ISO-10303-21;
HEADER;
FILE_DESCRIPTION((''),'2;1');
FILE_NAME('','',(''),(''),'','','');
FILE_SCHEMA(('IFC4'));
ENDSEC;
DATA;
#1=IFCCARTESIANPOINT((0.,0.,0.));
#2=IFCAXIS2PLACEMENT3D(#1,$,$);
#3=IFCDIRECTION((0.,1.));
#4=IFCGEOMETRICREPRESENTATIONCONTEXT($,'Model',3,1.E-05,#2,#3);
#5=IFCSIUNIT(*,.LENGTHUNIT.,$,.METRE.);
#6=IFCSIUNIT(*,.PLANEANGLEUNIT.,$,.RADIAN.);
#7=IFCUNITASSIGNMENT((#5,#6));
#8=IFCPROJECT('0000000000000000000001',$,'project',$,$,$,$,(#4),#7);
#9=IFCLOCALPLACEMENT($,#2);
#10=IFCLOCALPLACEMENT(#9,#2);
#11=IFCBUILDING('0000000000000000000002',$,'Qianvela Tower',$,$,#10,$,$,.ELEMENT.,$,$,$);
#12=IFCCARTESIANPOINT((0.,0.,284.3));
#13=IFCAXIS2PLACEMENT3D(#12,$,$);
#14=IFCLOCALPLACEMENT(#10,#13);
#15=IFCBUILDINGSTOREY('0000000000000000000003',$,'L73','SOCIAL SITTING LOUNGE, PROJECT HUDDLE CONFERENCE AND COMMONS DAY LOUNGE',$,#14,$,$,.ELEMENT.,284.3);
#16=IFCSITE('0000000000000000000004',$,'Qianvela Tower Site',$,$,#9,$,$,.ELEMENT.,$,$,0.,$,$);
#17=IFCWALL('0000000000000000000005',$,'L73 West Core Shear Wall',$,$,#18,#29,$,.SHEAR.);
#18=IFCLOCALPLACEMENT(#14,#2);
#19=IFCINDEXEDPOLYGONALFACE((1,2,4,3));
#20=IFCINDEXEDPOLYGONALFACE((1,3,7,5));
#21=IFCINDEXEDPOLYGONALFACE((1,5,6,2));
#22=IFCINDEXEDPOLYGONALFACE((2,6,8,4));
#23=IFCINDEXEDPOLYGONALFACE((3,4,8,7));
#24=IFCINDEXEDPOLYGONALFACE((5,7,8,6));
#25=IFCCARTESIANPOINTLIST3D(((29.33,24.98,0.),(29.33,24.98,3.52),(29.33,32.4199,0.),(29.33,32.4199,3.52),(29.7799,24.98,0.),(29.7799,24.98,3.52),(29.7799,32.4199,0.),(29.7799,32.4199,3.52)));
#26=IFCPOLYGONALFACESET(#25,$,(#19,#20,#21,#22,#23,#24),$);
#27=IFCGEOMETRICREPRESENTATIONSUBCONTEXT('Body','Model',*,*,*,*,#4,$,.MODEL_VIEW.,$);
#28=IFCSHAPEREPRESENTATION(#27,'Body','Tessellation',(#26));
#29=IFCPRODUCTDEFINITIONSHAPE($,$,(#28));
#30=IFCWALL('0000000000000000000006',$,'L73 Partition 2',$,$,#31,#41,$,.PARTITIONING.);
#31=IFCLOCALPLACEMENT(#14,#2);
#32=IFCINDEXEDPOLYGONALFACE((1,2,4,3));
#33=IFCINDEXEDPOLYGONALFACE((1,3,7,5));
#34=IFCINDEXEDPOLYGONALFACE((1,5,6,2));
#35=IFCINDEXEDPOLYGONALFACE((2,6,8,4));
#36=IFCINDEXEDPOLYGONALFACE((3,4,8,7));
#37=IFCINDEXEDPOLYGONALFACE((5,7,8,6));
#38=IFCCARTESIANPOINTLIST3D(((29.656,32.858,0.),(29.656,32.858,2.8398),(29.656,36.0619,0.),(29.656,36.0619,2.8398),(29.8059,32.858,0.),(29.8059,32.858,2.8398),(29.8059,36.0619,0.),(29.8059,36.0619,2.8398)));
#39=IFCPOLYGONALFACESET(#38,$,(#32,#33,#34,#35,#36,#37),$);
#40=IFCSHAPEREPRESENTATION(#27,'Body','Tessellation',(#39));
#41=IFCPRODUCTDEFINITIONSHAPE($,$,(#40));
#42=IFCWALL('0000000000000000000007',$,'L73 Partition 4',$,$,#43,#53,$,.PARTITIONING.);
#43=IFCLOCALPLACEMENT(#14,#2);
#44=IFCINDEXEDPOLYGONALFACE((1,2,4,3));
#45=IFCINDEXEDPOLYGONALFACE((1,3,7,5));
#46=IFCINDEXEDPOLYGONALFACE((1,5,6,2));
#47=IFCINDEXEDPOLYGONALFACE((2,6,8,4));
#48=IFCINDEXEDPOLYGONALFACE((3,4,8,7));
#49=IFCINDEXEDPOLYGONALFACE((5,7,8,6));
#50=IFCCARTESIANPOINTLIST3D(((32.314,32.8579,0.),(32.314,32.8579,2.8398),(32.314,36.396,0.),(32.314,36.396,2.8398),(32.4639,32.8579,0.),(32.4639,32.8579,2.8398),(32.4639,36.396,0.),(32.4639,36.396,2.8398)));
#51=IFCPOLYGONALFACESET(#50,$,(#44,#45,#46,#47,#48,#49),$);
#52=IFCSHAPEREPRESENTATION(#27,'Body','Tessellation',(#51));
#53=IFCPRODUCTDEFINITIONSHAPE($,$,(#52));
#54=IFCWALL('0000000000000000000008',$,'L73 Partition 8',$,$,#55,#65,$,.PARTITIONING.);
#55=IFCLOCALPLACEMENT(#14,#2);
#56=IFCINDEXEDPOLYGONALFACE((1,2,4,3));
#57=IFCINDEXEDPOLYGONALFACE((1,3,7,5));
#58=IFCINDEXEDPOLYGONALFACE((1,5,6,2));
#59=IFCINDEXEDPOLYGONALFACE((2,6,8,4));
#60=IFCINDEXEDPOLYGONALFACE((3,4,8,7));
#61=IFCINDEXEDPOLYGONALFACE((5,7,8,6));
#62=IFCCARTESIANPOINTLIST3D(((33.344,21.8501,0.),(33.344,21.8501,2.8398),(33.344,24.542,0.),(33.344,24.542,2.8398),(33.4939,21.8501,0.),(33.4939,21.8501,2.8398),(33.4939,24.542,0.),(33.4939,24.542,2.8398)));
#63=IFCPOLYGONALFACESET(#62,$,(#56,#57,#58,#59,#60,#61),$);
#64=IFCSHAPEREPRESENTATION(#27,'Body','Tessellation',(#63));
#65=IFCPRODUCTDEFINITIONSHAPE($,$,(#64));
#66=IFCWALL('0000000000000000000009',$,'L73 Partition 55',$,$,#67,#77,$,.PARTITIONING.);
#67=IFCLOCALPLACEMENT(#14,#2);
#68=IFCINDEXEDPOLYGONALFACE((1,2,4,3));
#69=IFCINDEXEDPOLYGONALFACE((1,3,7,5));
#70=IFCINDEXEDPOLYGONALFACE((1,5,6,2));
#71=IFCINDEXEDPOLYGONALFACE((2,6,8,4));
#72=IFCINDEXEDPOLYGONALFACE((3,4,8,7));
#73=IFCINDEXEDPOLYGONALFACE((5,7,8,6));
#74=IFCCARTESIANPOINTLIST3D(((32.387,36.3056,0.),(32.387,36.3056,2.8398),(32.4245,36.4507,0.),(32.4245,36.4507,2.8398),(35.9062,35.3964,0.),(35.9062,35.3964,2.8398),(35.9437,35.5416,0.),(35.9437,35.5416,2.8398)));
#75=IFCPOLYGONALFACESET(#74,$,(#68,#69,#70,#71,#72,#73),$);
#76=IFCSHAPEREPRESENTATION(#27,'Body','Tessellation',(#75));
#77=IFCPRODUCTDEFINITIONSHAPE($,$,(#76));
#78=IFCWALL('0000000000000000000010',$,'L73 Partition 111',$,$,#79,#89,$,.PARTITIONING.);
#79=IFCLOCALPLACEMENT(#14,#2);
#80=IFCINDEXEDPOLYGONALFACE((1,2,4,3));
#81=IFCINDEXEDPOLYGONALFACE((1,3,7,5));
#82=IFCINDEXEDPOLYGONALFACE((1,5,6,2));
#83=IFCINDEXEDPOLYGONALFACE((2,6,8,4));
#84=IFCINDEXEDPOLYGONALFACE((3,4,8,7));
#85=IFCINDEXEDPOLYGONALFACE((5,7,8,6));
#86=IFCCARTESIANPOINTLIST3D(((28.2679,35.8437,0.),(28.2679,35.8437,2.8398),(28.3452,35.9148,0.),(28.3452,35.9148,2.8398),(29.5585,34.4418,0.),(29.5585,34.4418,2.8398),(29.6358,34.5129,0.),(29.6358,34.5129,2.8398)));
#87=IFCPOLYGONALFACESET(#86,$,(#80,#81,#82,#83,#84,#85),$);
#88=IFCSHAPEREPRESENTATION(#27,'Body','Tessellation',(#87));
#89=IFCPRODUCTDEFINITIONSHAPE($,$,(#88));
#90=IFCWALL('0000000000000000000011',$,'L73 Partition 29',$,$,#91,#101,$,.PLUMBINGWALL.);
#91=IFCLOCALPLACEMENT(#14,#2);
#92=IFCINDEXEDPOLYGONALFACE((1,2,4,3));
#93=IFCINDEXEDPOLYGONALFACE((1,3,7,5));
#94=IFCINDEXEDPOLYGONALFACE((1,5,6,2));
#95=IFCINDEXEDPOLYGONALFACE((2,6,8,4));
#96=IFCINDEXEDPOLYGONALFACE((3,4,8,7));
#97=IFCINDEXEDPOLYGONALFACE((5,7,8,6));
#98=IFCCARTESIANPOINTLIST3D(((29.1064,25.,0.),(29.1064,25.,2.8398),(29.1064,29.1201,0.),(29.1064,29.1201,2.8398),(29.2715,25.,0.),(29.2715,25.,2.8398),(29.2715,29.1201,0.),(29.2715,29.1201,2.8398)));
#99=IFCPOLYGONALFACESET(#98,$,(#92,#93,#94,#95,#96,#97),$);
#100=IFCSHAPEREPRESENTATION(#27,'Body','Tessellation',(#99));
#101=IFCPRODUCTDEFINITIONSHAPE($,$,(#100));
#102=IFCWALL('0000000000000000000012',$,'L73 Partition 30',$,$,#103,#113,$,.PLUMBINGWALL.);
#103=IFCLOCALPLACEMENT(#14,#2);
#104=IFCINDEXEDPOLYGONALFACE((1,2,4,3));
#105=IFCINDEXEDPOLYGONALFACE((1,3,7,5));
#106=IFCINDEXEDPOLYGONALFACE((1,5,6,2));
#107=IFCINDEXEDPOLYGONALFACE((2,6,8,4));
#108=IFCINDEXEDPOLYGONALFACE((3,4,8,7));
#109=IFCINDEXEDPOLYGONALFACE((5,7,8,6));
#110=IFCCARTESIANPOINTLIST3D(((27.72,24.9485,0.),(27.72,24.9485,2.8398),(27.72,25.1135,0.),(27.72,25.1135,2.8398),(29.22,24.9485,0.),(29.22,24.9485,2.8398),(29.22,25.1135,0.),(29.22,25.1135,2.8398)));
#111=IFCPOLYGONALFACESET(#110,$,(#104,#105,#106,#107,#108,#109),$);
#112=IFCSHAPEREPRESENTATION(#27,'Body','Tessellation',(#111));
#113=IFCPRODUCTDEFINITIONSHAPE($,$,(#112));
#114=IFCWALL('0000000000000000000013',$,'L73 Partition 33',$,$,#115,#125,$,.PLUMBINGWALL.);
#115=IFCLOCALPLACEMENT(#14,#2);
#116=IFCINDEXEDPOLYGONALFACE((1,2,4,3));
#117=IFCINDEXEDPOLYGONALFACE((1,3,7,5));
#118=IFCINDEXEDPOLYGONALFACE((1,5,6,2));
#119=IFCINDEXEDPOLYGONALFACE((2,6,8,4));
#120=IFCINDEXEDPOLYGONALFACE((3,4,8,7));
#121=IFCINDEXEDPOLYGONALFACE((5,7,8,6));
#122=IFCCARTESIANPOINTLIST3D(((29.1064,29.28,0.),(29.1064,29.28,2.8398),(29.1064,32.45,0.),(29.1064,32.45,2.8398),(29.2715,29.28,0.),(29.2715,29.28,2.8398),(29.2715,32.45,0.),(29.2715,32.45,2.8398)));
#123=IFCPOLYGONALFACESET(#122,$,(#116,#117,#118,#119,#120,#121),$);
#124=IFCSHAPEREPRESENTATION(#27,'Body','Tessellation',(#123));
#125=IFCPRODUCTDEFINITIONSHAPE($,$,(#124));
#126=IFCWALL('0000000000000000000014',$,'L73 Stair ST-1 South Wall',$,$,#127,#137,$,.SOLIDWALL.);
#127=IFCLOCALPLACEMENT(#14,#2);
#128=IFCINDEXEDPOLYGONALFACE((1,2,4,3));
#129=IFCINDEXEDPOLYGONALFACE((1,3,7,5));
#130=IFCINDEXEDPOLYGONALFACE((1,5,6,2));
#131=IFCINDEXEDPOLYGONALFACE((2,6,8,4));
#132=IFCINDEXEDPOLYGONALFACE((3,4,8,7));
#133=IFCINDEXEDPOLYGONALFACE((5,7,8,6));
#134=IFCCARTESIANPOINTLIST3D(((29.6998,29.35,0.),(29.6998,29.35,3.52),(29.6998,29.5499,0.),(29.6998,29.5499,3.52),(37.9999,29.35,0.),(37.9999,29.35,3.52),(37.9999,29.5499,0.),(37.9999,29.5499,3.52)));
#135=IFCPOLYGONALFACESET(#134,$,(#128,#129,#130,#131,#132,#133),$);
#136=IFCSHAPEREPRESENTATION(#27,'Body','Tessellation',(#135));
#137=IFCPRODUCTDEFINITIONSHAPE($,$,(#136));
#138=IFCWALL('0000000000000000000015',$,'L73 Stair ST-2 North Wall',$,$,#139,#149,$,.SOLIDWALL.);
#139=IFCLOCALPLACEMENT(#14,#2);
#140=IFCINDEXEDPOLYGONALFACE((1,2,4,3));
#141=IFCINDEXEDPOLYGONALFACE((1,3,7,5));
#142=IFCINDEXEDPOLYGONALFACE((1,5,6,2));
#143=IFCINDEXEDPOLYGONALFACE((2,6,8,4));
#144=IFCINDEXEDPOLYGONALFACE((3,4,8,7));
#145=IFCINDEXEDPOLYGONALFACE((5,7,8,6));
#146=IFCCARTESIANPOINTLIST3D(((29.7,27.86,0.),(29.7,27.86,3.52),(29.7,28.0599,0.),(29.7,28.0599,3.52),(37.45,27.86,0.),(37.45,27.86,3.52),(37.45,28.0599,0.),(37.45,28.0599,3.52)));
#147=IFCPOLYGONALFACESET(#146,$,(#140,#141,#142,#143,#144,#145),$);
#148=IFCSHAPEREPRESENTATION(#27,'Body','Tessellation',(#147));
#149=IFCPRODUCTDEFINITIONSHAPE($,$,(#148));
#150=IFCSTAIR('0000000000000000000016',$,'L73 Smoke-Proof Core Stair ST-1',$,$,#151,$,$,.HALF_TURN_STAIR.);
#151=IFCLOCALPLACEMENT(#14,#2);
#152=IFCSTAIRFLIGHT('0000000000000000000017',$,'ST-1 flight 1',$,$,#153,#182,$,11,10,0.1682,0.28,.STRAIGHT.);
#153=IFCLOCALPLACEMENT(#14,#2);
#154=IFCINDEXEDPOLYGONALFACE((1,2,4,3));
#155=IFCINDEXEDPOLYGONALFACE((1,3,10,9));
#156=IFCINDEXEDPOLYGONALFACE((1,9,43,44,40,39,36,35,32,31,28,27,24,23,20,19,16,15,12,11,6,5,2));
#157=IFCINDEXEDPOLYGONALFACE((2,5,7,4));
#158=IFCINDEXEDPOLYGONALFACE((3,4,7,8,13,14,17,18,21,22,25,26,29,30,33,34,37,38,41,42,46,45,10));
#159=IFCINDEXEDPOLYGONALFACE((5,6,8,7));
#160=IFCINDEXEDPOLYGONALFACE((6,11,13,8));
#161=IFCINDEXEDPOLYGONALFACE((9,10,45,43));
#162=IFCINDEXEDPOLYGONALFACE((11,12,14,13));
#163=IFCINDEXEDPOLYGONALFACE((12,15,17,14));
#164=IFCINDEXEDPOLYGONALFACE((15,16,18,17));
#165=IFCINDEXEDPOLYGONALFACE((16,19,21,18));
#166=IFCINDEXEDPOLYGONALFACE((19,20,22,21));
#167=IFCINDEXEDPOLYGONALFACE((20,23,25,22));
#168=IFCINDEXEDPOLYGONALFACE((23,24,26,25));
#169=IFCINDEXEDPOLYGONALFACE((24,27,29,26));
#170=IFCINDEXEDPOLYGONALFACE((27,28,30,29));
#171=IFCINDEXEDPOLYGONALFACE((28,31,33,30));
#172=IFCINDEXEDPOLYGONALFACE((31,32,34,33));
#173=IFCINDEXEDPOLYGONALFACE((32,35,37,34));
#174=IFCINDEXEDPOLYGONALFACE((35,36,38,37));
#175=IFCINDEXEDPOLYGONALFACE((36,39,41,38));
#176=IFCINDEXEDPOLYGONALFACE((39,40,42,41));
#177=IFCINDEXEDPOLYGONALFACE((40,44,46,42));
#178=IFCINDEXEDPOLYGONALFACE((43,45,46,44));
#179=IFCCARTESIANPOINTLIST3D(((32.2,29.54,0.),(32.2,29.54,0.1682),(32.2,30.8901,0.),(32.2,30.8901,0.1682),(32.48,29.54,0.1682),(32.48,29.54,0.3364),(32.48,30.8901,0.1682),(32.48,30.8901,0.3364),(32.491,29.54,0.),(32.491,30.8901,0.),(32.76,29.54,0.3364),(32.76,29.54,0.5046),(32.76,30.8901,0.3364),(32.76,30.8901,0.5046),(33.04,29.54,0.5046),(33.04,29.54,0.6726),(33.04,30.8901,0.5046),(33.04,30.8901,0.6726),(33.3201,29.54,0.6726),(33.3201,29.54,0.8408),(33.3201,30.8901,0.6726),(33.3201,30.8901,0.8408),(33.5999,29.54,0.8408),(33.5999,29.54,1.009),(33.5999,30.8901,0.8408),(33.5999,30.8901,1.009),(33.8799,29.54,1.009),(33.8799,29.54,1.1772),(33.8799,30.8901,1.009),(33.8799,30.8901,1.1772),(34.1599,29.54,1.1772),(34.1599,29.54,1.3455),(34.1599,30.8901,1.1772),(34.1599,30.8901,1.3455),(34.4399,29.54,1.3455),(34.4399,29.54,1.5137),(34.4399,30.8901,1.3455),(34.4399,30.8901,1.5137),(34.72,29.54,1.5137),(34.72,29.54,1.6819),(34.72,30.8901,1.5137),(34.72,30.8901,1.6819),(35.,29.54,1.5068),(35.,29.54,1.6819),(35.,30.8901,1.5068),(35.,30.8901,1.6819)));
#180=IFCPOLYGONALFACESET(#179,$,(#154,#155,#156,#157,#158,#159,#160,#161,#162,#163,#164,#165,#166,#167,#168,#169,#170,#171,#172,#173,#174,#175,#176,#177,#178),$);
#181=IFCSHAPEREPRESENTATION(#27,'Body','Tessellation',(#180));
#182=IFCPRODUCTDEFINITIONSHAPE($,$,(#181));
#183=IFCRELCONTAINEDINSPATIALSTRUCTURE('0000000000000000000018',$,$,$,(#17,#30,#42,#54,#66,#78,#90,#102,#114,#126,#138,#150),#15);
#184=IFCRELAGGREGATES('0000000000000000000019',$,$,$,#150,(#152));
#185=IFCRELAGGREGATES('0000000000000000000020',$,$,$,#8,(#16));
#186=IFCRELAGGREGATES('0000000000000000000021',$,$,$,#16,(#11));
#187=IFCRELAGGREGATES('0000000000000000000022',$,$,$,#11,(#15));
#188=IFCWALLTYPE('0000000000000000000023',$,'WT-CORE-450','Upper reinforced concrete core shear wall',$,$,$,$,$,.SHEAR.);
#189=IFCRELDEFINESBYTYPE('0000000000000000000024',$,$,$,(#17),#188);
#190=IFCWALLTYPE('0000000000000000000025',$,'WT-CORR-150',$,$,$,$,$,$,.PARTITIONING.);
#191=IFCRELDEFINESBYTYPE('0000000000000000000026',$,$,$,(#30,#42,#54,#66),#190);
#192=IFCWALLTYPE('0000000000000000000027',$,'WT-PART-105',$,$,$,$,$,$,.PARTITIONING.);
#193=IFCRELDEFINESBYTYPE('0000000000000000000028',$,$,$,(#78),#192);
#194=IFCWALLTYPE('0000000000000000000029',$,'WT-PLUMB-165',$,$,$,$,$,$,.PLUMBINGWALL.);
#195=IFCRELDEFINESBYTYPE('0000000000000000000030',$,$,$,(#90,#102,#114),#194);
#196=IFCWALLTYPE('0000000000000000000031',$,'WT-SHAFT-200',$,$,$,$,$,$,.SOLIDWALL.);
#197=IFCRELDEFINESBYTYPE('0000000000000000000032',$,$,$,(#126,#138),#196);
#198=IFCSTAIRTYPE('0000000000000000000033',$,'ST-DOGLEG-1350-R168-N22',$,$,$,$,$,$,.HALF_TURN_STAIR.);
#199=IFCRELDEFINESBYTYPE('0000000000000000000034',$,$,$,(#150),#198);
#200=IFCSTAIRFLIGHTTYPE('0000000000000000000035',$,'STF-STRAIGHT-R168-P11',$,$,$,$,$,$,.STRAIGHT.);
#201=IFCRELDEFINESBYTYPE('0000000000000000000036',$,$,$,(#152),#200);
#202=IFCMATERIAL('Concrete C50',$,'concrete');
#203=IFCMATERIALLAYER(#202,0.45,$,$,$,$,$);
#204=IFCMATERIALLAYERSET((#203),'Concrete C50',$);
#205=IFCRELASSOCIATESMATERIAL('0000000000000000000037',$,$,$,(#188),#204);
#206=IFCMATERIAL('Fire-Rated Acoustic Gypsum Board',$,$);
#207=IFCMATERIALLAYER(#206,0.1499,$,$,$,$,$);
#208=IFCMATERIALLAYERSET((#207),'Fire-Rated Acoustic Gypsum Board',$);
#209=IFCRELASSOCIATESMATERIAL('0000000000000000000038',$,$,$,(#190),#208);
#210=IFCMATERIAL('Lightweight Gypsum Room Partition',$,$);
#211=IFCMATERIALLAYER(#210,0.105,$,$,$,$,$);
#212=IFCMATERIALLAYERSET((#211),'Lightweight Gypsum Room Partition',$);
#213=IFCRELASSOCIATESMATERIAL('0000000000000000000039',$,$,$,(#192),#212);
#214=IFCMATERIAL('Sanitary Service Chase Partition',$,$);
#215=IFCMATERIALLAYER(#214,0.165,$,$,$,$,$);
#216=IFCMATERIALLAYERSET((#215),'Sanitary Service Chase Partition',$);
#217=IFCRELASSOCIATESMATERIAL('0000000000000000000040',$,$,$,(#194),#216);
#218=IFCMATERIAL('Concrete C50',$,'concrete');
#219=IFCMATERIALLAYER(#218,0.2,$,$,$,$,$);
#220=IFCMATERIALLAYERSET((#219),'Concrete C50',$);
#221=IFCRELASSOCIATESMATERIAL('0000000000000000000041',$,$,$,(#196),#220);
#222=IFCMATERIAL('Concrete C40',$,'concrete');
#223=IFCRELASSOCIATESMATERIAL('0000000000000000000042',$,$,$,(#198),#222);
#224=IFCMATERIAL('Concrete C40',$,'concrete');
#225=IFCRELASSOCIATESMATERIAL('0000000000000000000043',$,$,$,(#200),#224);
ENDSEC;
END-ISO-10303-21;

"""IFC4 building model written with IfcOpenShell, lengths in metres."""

from ifc_helpers import new_model, si_unit, direction, frame, frame_2d, origin, place, context, subcontext, project, spatial, polyline, rectangle, outline, extrude, material, layer, layer_set, type_object, element, aggregate, save


model = new_model("IFC4")

# Units and contexts
model_context = context("Model", 3, precision=1e-05, world=origin(), true_north=direction((0.0, 1.0)))
body_context = subcontext(model_context, "Body", "Model", "MODEL_VIEW")
ifc_project = project(units=[si_unit("LENGTHUNIT", "METRE"), si_unit("PLANEANGLEUNIT", "RADIAN")], contexts=[model_context])

# Site, building, storey
site_placement = place(None, origin())
site = spatial("IfcSite", under=ifc_project, at=site_placement, Name="Qianvela Tower Site", CompositionType="ELEMENT", RefElevation=0.0)
building_placement = place(site_placement, origin())
building = spatial("IfcBuilding", under=site, at=building_placement, Name="Qianvela Tower", CompositionType="ELEMENT")
storey_placement = place(building_placement, frame((0.0, 0.0, 284.3)))
storey = spatial("IfcBuildingStorey", under=building, at=storey_placement, Name="L73", Description="SOCIAL SITTING LOUNGE, PROJECT HUDDLE CONFERENCE AND COMMONS DAY LOUNGE", CompositionType="ELEMENT", Elevation=284.3)

# Shared definitions
ifc_material_1 = material(Name="Concrete C50", Category="concrete")
ifc_layer_1 = layer(ifc_material_1, 0.45)
ifc_layer_set_1 = layer_set([ifc_layer_1], Name="Concrete C50")
wall_type_1 = type_object("IfcWallType", Name="WT-CORE-450", Description="Upper reinforced concrete core shear wall", PredefinedType="SHEAR", material=ifc_layer_set_1)

# Walls
wall_1_placement = place(storey_placement, frame((29.5549, 24.98, 0.0), z_axis=(0.0, 0.0, 1.0), x_axis=(0.0, 1.0, 0.0)))
element("IfcWall", 1, at=wall_1_placement, inside=storey, type_object=wall_type_1, Name="L73 West Core Shear Wall", PredefinedType="SHEAR", context=body_context, shape_type="SweptSolid", body=[
    extrude(rectangle(XDim=7.4399, YDim=0.45, at=frame_2d((3.72, 0.0))), origin(), (0.0, 0.0, 1.0), 3.52),
])
ifc_material_2 = material(Name="Fire-Rated Acoustic Gypsum Board")
ifc_layer_2 = layer(ifc_material_2, 0.1499)
ifc_layer_set_2 = layer_set([ifc_layer_2], Name="Fire-Rated Acoustic Gypsum Board")
wall_type_2 = type_object("IfcWallType", Name="WT-CORR-150", PredefinedType="PARTITIONING", material=ifc_layer_set_2)
wall_2_placement = place(storey_placement, frame((29.731, 32.8579, 0.0), z_axis=(0.0, 0.0, 1.0), x_axis=(0.0, 1.0, 0.0)))
element("IfcWall", 2, at=wall_2_placement, inside=storey, type_object=wall_type_2, Name="L73 Partition 2", PredefinedType="PARTITIONING", context=body_context, shape_type="SweptSolid", body=[
    extrude(rectangle(XDim=3.2039, YDim=0.1499, at=frame_2d((1.6021, 0.0))), origin(), (0.0, 0.0, 1.0), 2.8398),
])
wall_3_placement = place(storey_placement, frame((32.3889, 36.396, 0.0), z_axis=(0.0, 0.0, 1.0), x_axis=(0.0, -1.0, 0.0)))
element("IfcWall", 3, at=wall_3_placement, inside=storey, type_object=wall_type_2, Name="L73 Partition 4", PredefinedType="PARTITIONING", context=body_context, shape_type="SweptSolid", body=[
    extrude(rectangle(XDim=3.5381, YDim=0.1499, at=frame_2d((1.769, 0.0))), origin(), (0.0, 0.0, 1.0), 2.8398),
])
wall_4_placement = place(storey_placement, frame((33.4189, 24.542, 0.0), z_axis=(0.0, 0.0, 1.0), x_axis=(0.0, -1.0, 0.0)))
element("IfcWall", 4, at=wall_4_placement, inside=storey, type_object=wall_type_2, Name="L73 Partition 8", PredefinedType="PARTITIONING", context=body_context, shape_type="SweptSolid", body=[
    extrude(rectangle(XDim=2.6919, YDim=0.1499, at=frame_2d((1.3459, 0.0))), origin(), (0.0, 0.0, 1.0), 2.8398),
])
wall_5_placement = place(storey_placement, frame((32.4058, 36.3782, 0.0), z_axis=(0.0, 0.0, 1.0), x_axis=(0.968212, -0.25013, 0.0)))
element("IfcWall", 5, at=wall_5_placement, inside=storey, type_object=wall_type_2, Name="L73 Partition 55", PredefinedType="PARTITIONING", context=body_context, shape_type="SweptSolid", body=[
    extrude(rectangle(XDim=3.6348, YDim=0.1499, at=frame_2d((1.8174, 0.0))), origin(), (0.0, 0.0, 1.0), 2.8398),
])
ifc_material_3 = material(Name="Lightweight Gypsum Room Partition")
ifc_layer_3 = layer(ifc_material_3, 0.105)
ifc_layer_set_3 = layer_set([ifc_layer_3], Name="Lightweight Gypsum Room Partition")
wall_type_3 = type_object("IfcWallType", Name="WT-PART-105", PredefinedType="PARTITIONING", material=ifc_layer_set_3)
wall_6_placement = place(storey_placement, frame((28.3066, 35.8792, 0.0), z_axis=(0.0, 0.0, 1.0), x_axis=(0.67729, -0.735716, 0.0)))
element("IfcWall", 6, at=wall_6_placement, inside=storey, type_object=wall_type_3, Name="L73 Partition 111", PredefinedType="PARTITIONING", context=body_context, shape_type="SweptSolid", body=[
    extrude(rectangle(XDim=1.9055, YDim=0.105, at=frame_2d((0.9526, 0.0))), origin(), (0.0, 0.0, 1.0), 2.8398),
])
ifc_material_4 = material(Name="Sanitary Service Chase Partition")
ifc_layer_4 = layer(ifc_material_4, 0.165)
ifc_layer_set_4 = layer_set([ifc_layer_4], Name="Sanitary Service Chase Partition")
wall_type_4 = type_object("IfcWallType", Name="WT-PLUMB-165", PredefinedType="PLUMBINGWALL", material=ifc_layer_set_4)
wall_7_placement = place(storey_placement, frame((29.189, 29.1201, 0.0), z_axis=(0.0, 0.0, 1.0), x_axis=(0.0, -1.0, 0.0)))
element("IfcWall", 7, at=wall_7_placement, inside=storey, type_object=wall_type_4, Name="L73 Partition 29", PredefinedType="PLUMBINGWALL", context=body_context, shape_type="SweptSolid", body=[
    extrude(rectangle(XDim=4.1201, YDim=0.165, at=frame_2d((2.0601, 0.0))), origin(), (0.0, 0.0, 1.0), 2.8398),
])
wall_8_placement = place(storey_placement, frame((29.22, 25.031, 0.0), z_axis=(0.0, 0.0, 1.0), x_axis=(-1.0, 0.0, 0.0)))
element("IfcWall", 8, at=wall_8_placement, inside=storey, type_object=wall_type_4, Name="L73 Partition 30", PredefinedType="PLUMBINGWALL", context=body_context, shape_type="SweptSolid", body=[
    extrude(rectangle(XDim=1.5, YDim=0.165, at=frame_2d((0.75, 0.0))), origin(), (0.0, 0.0, 1.0), 2.8398),
])
wall_9_placement = place(storey_placement, frame((29.189, 32.45, 0.0), z_axis=(0.0, 0.0, 1.0), x_axis=(0.0, -1.0, 0.0)))
element("IfcWall", 9, at=wall_9_placement, inside=storey, type_object=wall_type_4, Name="L73 Partition 33", PredefinedType="PLUMBINGWALL", context=body_context, shape_type="SweptSolid", body=[
    extrude(rectangle(XDim=3.1699, YDim=0.165, at=frame_2d((1.585, 0.0))), origin(), (0.0, 0.0, 1.0), 2.8398),
])
ifc_material_5 = material(Name="Concrete C50", Category="concrete")
ifc_layer_5 = layer(ifc_material_5, 0.2)
ifc_layer_set_5 = layer_set([ifc_layer_5], Name="Concrete C50")
wall_type_5 = type_object("IfcWallType", Name="WT-SHAFT-200", PredefinedType="SOLIDWALL", material=ifc_layer_set_5)
wall_10_placement = place(storey_placement, frame((29.7, 29.45, 0.0), z_axis=(0.0, 0.0, 1.0), x_axis=(1.0, 0.0, 0.0)))
element("IfcWall", 10, at=wall_10_placement, inside=storey, type_object=wall_type_5, Name="L73 Stair ST-1 South Wall", PredefinedType="SOLIDWALL", context=body_context, shape_type="SweptSolid", body=[
    extrude(rectangle(XDim=8.3, YDim=0.2, at=frame_2d((4.1499, 0.0))), origin(), (0.0, 0.0, 1.0), 3.52),
])
wall_11_placement = place(storey_placement, frame((29.7, 27.96, 0.0), z_axis=(0.0, 0.0, 1.0), x_axis=(1.0, 0.0, 0.0)))
element("IfcWall", 11, at=wall_11_placement, inside=storey, type_object=wall_type_5, Name="L73 Stair ST-2 North Wall", PredefinedType="SOLIDWALL", context=body_context, shape_type="SweptSolid", body=[
    extrude(rectangle(XDim=7.75, YDim=0.2, at=frame_2d((3.875, 0.0))), origin(), (0.0, 0.0, 1.0), 3.52),
])

# Stair, stair flight
ifc_material_6 = material(Name="Concrete C40", Category="concrete")
stair_type = type_object("IfcStairType", Name="ST-DOGLEG-1350-R168-N22", PredefinedType="HALF_TURN_STAIR", material=ifc_material_6)
stair_1_placement = place(storey_placement, origin())
stair_1 = element("IfcStair", 12, at=stair_1_placement, inside=storey, type_object=stair_type, Name="L73 Smoke-Proof Core Stair ST-1", PredefinedType="HALF_TURN_STAIR")
ifc_material_7 = material(Name="Concrete C40", Category="concrete")
stair_flight_type = type_object("IfcStairFlightType", Name="STF-STRAIGHT-R168-P11", PredefinedType="STRAIGHT", material=ifc_material_7)
stair_flight_1_placement = place(storey_placement, frame((32.2, 30.2151, 0.0), z_axis=(0.0, 0.0, 1.0), x_axis=(1.0, 0.0, 0.0)))
stair_flight_1 = element("IfcStairFlight", 13, at=stair_flight_1_placement, type_object=stair_flight_type, Name="ST-1 flight 1", NumberOfRisers=11, NumberOfTreads=10, PredefinedType="STRAIGHT", RiserHeight=0.1682, TreadLength=0.28, context=body_context, shape_type="SweptSolid", body=[
    extrude(outline(polyline([(0.0, 0.0), (0.0, 0.1682), (0.28, 0.1682), (0.28, 0.3364), (0.5601, 0.3364), (0.5601, 0.5046), (0.8401, 0.5046), (0.8401, 0.6726), (1.1201, 0.6726), (1.1201, 0.8408), (1.3999, 0.8408), (1.3999, 1.009), (1.6799, 1.009), (1.6799, 1.1772), (1.96, 1.1772), (1.96, 1.3455), (2.24, 1.3455), (2.24, 1.5137), (2.52, 1.5137), (2.52, 1.6819), (2.8, 1.6819), (2.8, 1.8501), (2.8, 1.5068), (0.291, 0.0), (0.0, 0.0)])), frame((0.0, 0.675, 0.0), z_axis=(0.0, -1.0, 0.0), x_axis=(1.0, 0.0, 0.0)), (0.0, 0.0, 1.0), 1.3501),
])
aggregate(stair_1, [stair_flight_1])

save(model, "model.ifc")
